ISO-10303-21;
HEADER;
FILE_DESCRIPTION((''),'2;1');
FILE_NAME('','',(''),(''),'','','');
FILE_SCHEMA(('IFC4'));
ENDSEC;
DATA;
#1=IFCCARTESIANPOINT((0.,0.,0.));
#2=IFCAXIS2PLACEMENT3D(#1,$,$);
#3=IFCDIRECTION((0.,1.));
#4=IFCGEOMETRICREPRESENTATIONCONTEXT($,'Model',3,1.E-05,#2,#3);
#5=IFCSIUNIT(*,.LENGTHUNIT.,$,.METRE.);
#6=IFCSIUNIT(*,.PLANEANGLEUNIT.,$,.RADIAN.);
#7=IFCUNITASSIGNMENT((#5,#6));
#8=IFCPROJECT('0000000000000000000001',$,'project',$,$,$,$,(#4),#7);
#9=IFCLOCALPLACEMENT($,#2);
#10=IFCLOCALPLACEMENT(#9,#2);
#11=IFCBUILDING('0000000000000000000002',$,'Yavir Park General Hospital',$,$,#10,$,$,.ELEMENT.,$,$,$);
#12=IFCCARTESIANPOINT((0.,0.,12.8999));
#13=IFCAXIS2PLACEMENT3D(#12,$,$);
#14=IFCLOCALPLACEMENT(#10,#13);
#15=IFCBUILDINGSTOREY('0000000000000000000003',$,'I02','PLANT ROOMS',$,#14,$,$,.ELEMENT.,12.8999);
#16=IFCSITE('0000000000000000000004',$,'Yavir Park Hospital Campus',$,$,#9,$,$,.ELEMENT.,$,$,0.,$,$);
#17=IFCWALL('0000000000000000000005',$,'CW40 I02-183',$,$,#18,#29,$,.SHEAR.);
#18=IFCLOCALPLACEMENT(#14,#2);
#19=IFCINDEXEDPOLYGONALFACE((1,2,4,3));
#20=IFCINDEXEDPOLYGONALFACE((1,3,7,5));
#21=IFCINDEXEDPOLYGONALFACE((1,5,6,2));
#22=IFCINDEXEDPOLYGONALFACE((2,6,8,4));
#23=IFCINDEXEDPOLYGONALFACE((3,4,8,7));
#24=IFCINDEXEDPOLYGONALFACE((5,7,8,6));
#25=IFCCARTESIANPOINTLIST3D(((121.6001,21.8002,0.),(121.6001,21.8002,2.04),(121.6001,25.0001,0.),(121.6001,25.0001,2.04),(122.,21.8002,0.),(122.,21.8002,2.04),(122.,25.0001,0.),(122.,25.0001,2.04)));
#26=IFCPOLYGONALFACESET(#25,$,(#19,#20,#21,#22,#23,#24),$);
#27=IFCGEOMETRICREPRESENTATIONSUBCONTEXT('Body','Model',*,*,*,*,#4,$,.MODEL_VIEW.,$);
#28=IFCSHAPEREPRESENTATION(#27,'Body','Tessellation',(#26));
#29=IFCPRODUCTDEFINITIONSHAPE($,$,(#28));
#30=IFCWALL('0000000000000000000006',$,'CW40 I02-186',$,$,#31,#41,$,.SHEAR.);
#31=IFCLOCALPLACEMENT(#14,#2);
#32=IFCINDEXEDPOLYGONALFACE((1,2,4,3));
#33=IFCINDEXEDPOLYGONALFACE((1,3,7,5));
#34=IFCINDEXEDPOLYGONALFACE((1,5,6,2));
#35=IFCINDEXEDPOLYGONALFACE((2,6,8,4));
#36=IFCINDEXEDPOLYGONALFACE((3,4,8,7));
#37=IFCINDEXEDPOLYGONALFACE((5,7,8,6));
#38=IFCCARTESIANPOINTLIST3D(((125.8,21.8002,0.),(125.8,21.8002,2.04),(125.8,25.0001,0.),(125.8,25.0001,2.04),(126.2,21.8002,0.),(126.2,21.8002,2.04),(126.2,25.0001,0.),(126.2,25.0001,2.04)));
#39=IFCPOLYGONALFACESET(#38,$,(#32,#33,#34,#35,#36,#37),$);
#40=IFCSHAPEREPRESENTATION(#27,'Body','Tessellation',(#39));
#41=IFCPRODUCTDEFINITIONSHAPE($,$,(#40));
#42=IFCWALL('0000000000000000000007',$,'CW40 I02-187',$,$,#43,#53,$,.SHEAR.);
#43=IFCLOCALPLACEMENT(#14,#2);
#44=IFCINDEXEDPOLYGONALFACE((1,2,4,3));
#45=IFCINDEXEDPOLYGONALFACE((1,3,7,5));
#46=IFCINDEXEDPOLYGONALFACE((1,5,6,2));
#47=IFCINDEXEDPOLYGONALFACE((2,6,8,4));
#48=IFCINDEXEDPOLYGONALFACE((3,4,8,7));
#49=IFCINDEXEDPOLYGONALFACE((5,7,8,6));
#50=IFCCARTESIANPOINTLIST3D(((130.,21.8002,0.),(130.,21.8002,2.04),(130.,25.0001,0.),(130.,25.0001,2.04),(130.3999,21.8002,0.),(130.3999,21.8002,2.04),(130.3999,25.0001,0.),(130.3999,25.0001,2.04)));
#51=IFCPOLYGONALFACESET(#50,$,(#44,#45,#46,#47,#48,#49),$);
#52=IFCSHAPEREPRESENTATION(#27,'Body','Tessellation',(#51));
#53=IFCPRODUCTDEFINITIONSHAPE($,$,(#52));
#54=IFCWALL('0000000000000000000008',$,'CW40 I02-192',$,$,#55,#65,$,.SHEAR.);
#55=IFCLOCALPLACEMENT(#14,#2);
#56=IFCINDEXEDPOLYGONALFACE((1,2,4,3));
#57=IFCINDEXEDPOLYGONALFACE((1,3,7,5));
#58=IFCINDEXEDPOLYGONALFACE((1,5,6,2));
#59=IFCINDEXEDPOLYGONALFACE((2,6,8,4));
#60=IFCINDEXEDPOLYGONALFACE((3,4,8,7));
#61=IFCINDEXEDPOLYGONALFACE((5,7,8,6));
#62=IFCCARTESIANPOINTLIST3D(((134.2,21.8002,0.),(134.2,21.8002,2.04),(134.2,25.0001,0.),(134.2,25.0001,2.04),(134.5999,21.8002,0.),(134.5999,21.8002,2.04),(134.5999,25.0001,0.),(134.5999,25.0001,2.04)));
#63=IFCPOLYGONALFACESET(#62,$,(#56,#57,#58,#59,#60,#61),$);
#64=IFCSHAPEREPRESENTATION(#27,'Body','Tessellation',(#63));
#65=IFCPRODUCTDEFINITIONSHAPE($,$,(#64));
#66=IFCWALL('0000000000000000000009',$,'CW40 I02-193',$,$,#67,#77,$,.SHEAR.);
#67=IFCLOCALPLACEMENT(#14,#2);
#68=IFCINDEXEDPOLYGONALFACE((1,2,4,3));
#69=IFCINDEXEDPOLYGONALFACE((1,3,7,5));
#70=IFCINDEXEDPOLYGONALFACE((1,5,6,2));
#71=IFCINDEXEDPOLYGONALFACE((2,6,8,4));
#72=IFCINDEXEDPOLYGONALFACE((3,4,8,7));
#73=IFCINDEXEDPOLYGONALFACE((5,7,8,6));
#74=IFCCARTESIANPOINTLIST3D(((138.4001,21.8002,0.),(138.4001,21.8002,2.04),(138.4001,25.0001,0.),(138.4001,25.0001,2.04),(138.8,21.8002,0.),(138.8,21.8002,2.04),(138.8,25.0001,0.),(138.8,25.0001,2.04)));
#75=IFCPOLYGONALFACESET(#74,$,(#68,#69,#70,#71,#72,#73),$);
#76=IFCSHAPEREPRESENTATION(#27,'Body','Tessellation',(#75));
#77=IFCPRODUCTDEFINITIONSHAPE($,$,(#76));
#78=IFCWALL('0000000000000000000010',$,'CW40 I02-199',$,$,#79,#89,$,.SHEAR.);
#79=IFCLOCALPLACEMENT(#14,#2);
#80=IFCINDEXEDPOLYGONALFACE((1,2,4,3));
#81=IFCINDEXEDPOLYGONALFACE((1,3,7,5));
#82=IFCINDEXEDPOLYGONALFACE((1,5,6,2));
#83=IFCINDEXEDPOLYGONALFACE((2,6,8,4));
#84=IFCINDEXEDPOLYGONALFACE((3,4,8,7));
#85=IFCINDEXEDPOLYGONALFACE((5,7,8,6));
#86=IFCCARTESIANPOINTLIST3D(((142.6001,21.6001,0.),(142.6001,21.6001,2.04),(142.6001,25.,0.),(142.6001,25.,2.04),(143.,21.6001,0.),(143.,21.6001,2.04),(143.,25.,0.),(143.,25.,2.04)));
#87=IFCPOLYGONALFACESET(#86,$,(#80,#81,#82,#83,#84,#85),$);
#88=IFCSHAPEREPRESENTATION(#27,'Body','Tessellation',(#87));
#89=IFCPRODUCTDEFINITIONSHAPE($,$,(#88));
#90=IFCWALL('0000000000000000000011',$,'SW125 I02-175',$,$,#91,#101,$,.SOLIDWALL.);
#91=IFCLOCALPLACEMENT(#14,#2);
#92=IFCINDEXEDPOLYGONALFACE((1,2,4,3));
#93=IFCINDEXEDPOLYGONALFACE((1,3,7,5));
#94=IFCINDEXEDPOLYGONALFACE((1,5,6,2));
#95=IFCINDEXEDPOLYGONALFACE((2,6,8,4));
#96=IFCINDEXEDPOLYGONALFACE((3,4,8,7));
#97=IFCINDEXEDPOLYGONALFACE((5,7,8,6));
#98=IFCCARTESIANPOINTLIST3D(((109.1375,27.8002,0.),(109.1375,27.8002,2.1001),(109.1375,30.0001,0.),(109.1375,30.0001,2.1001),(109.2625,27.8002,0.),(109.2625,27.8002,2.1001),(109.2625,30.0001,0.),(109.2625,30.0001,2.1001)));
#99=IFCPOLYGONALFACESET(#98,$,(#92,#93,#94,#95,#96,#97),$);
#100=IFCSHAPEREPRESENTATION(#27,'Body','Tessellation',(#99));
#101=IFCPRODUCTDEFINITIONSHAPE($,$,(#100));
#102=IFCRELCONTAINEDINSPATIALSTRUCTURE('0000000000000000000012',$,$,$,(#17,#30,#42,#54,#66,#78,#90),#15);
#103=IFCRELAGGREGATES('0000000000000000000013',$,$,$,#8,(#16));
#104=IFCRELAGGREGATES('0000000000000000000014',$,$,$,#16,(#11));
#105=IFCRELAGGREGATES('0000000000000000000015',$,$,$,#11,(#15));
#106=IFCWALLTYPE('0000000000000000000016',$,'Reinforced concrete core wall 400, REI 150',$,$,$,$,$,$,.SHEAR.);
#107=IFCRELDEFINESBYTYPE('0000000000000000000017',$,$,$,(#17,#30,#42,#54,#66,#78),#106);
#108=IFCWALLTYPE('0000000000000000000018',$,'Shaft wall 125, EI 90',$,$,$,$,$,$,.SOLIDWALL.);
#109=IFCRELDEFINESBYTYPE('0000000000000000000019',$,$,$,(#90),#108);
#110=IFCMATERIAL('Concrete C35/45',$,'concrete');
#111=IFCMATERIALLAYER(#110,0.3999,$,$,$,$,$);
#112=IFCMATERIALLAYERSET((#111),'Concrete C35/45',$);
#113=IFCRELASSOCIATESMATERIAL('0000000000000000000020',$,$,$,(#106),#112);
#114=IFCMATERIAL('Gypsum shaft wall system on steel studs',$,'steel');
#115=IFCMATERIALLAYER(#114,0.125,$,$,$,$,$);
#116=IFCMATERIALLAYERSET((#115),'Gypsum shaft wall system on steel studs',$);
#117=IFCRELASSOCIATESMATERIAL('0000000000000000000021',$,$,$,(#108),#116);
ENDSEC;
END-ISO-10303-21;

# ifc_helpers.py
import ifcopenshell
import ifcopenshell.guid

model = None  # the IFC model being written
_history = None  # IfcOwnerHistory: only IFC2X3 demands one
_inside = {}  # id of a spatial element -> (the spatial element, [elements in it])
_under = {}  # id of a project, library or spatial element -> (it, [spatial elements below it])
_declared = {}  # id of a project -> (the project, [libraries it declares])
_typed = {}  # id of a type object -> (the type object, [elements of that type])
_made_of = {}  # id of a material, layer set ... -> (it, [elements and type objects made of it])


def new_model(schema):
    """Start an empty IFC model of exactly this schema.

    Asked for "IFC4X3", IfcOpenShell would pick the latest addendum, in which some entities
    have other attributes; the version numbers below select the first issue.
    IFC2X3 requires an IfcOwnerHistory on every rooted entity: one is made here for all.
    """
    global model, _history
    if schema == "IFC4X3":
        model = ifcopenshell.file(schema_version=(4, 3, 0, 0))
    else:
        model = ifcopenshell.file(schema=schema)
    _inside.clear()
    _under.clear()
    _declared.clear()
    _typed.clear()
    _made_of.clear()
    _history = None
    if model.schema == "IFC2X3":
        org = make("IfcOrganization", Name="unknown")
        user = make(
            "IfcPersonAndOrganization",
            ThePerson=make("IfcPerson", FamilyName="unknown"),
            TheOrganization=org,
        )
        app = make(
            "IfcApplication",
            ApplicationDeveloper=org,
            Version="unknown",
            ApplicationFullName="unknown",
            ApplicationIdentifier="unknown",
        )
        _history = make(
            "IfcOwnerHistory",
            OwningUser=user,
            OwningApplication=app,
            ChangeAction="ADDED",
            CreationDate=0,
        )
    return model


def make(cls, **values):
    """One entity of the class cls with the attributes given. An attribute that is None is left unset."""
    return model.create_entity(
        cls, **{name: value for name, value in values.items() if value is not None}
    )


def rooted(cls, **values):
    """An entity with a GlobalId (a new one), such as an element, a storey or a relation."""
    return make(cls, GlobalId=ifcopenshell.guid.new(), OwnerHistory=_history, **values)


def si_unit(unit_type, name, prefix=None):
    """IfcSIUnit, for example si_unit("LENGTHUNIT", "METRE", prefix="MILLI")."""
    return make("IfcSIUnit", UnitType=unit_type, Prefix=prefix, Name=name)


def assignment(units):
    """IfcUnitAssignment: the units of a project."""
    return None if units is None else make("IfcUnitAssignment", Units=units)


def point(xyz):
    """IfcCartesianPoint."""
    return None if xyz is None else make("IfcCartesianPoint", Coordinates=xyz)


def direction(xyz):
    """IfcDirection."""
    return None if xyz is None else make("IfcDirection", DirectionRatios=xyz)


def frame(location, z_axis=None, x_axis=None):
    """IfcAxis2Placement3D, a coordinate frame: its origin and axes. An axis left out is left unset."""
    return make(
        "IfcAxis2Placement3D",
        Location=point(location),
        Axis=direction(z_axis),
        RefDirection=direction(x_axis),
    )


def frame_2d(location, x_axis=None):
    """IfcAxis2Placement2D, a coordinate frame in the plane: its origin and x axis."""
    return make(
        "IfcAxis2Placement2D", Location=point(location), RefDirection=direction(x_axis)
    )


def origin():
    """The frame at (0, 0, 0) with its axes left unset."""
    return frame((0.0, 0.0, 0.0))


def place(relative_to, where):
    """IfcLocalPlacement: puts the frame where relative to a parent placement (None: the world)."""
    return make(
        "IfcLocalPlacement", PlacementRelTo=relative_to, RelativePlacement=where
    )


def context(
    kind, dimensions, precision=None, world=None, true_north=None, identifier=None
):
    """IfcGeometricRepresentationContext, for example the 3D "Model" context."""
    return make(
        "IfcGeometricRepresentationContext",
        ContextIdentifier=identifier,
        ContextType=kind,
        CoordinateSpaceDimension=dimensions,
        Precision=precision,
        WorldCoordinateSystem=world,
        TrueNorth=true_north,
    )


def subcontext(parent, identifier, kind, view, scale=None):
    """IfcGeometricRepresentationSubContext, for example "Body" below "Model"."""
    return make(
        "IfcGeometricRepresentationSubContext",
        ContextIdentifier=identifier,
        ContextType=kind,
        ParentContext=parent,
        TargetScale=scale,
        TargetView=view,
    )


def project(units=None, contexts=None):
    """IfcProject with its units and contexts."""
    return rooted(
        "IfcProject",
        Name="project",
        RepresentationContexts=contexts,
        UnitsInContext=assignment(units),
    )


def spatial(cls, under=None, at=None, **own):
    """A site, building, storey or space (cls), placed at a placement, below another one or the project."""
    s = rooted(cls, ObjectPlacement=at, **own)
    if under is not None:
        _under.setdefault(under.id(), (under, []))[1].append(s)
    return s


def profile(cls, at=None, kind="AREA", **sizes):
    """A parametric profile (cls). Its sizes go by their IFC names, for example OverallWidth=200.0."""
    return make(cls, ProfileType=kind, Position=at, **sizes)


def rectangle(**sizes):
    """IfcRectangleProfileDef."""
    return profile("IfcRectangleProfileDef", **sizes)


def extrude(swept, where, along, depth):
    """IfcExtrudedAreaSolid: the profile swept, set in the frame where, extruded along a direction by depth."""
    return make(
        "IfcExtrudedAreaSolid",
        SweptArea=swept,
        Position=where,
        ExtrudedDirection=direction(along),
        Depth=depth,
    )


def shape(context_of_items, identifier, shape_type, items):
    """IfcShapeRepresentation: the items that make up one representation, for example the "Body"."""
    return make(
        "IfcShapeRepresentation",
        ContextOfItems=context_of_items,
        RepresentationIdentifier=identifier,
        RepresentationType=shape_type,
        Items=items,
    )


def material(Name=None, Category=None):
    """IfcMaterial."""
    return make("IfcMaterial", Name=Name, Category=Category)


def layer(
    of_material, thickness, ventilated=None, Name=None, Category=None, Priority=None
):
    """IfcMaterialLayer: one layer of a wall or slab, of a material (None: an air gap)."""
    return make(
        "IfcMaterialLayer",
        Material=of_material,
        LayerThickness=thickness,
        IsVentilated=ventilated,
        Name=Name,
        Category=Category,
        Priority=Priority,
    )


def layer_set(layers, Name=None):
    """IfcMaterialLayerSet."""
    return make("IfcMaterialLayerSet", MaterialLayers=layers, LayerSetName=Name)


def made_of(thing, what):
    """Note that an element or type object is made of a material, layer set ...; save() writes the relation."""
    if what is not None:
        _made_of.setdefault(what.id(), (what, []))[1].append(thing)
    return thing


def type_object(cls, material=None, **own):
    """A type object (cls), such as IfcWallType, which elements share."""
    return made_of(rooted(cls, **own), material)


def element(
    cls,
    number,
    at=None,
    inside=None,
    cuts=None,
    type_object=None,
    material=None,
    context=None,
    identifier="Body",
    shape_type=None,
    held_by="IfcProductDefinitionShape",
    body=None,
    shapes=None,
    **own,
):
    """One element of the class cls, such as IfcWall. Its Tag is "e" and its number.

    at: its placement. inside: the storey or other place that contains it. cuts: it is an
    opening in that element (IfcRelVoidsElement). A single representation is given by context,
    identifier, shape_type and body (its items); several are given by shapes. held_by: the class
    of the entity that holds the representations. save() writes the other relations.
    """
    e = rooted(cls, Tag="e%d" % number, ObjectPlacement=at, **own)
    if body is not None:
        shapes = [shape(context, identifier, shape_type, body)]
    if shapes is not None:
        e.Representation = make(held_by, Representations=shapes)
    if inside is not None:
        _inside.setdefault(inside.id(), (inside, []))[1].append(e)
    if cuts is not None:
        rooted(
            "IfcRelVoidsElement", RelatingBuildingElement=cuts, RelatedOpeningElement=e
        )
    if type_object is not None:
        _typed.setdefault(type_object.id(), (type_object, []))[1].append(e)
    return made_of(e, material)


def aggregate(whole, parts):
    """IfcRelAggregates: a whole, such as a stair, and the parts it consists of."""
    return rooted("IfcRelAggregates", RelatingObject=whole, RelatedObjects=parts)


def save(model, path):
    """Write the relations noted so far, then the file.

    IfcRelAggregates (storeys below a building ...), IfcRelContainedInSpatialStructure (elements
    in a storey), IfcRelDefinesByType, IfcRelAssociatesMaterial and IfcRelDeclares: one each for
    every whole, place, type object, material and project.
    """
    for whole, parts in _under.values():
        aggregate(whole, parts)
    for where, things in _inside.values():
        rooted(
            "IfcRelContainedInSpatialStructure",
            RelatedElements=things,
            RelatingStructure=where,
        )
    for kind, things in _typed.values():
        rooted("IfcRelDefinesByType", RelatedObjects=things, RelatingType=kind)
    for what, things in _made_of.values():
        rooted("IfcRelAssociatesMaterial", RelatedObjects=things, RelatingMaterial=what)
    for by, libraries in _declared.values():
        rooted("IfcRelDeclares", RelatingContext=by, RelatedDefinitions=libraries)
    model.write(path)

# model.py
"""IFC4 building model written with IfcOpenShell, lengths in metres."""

from ifc_helpers import new_model, si_unit, direction, frame, frame_2d, origin, place, context, subcontext, project, spatial, rectangle, extrude, material, layer, layer_set, type_object, element, save


model = new_model("IFC4")

# Units and contexts
model_context = context("Model", 3, precision=1e-05, world=origin(), true_north=direction((0.0, 1.0)))
body_context = subcontext(model_context, "Body", "Model", "MODEL_VIEW")
ifc_project = project(units=[si_unit("LENGTHUNIT", "METRE"), si_unit("PLANEANGLEUNIT", "RADIAN")], contexts=[model_context])

# Site, building, storey
site_placement = place(None, origin())
site = spatial("IfcSite", under=ifc_project, at=site_placement, Name="Yavir Park Hospital Campus", CompositionType="ELEMENT", RefElevation=0.0)
building_placement = place(site_placement, origin())
building = spatial("IfcBuilding", under=site, at=building_placement, Name="Yavir Park General Hospital", CompositionType="ELEMENT")
storey_placement = place(building_placement, frame((0.0, 0.0, 12.8999)))
storey = spatial("IfcBuildingStorey", under=building, at=storey_placement, Name="I02", Description="PLANT ROOMS", CompositionType="ELEMENT", Elevation=12.8999)

# Shared definitions
ifc_material_1 = material(Name="Concrete C35/45", Category="concrete")
ifc_layer_1 = layer(ifc_material_1, 0.3999)
ifc_layer_set_1 = layer_set([ifc_layer_1], Name="Concrete C35/45")
wall_type_1 = type_object("IfcWallType", Name="Reinforced concrete core wall 400, REI 150", PredefinedType="SHEAR", material=ifc_layer_set_1)

# Walls
for number, where, z_axis, x_axis, name in (
    (1, (121.8, 21.8, 0.0), (0.0, 0.0, 1.0), (0.0, 1.0, 0.0), "CW40 I02-183"),
    (2, (126.0, 21.8, 0.0), (0.0, 0.0, 1.0), (0.0, 1.0, 0.0), "CW40 I02-186"),
    (3, (130.2, 21.8, 0.0), (0.0, 0.0, 1.0), (0.0, 1.0, 0.0), "CW40 I02-187"),
    (4, (134.3999, 21.8, 0.0), (0.0, 0.0, 1.0), (0.0, 1.0, 0.0), "CW40 I02-192"),
    (5, (138.6001, 21.8, 0.0), (0.0, 0.0, 1.0), (0.0, 1.0, 0.0), "CW40 I02-193"),
):
    element("IfcWall", number, at=place(storey_placement, frame(where, z_axis=z_axis, x_axis=x_axis)), inside=storey, type_object=wall_type_1, Name=name, PredefinedType="SHEAR", context=body_context, shape_type="SweptSolid", body=[
        extrude(rectangle(XDim=3.2, YDim=0.3999, at=frame_2d((1.6001, 0.0))), origin(), (0.0, 0.0, 1.0), 2.04),
    ])
wall_1_placement = place(storey_placement, frame((142.8, 21.6001, 0.0), z_axis=(0.0, 0.0, 1.0), x_axis=(0.0, 1.0, 0.0)))
element("IfcWall", 6, at=wall_1_placement, inside=storey, type_object=wall_type_1, Name="CW40 I02-199", PredefinedType="SHEAR", context=body_context, shape_type="SweptSolid", body=[
    extrude(rectangle(XDim=3.3999, YDim=0.3999, at=frame_2d((1.7, 0.0))), origin(), (0.0, 0.0, 1.0), 2.04),
])
ifc_material_2 = material(Name="Gypsum shaft wall system on steel studs", Category="steel")
ifc_layer_2 = layer(ifc_material_2, 0.125)
ifc_layer_set_2 = layer_set([ifc_layer_2], Name="Gypsum shaft wall system on steel studs")
wall_type_2 = type_object("IfcWallType", Name="Shaft wall 125, EI 90", PredefinedType="SOLIDWALL", material=ifc_layer_set_2)
wall_2_placement = place(storey_placement, frame((109.2, 27.8, 0.0), z_axis=(0.0, 0.0, 1.0), x_axis=(0.0, 1.0, 0.0)))
element("IfcWall", 7, at=wall_2_placement, inside=storey, type_object=wall_type_2, Name="SW125 I02-175", PredefinedType="SOLIDWALL", context=body_context, shape_type="SweptSolid", body=[
    extrude(rectangle(XDim=2.2, YDim=0.125, at=frame_2d((1.1001, 0.0))), origin(), (0.0, 0.0, 1.0), 2.1001),
])

save(model, "model.ifc")
